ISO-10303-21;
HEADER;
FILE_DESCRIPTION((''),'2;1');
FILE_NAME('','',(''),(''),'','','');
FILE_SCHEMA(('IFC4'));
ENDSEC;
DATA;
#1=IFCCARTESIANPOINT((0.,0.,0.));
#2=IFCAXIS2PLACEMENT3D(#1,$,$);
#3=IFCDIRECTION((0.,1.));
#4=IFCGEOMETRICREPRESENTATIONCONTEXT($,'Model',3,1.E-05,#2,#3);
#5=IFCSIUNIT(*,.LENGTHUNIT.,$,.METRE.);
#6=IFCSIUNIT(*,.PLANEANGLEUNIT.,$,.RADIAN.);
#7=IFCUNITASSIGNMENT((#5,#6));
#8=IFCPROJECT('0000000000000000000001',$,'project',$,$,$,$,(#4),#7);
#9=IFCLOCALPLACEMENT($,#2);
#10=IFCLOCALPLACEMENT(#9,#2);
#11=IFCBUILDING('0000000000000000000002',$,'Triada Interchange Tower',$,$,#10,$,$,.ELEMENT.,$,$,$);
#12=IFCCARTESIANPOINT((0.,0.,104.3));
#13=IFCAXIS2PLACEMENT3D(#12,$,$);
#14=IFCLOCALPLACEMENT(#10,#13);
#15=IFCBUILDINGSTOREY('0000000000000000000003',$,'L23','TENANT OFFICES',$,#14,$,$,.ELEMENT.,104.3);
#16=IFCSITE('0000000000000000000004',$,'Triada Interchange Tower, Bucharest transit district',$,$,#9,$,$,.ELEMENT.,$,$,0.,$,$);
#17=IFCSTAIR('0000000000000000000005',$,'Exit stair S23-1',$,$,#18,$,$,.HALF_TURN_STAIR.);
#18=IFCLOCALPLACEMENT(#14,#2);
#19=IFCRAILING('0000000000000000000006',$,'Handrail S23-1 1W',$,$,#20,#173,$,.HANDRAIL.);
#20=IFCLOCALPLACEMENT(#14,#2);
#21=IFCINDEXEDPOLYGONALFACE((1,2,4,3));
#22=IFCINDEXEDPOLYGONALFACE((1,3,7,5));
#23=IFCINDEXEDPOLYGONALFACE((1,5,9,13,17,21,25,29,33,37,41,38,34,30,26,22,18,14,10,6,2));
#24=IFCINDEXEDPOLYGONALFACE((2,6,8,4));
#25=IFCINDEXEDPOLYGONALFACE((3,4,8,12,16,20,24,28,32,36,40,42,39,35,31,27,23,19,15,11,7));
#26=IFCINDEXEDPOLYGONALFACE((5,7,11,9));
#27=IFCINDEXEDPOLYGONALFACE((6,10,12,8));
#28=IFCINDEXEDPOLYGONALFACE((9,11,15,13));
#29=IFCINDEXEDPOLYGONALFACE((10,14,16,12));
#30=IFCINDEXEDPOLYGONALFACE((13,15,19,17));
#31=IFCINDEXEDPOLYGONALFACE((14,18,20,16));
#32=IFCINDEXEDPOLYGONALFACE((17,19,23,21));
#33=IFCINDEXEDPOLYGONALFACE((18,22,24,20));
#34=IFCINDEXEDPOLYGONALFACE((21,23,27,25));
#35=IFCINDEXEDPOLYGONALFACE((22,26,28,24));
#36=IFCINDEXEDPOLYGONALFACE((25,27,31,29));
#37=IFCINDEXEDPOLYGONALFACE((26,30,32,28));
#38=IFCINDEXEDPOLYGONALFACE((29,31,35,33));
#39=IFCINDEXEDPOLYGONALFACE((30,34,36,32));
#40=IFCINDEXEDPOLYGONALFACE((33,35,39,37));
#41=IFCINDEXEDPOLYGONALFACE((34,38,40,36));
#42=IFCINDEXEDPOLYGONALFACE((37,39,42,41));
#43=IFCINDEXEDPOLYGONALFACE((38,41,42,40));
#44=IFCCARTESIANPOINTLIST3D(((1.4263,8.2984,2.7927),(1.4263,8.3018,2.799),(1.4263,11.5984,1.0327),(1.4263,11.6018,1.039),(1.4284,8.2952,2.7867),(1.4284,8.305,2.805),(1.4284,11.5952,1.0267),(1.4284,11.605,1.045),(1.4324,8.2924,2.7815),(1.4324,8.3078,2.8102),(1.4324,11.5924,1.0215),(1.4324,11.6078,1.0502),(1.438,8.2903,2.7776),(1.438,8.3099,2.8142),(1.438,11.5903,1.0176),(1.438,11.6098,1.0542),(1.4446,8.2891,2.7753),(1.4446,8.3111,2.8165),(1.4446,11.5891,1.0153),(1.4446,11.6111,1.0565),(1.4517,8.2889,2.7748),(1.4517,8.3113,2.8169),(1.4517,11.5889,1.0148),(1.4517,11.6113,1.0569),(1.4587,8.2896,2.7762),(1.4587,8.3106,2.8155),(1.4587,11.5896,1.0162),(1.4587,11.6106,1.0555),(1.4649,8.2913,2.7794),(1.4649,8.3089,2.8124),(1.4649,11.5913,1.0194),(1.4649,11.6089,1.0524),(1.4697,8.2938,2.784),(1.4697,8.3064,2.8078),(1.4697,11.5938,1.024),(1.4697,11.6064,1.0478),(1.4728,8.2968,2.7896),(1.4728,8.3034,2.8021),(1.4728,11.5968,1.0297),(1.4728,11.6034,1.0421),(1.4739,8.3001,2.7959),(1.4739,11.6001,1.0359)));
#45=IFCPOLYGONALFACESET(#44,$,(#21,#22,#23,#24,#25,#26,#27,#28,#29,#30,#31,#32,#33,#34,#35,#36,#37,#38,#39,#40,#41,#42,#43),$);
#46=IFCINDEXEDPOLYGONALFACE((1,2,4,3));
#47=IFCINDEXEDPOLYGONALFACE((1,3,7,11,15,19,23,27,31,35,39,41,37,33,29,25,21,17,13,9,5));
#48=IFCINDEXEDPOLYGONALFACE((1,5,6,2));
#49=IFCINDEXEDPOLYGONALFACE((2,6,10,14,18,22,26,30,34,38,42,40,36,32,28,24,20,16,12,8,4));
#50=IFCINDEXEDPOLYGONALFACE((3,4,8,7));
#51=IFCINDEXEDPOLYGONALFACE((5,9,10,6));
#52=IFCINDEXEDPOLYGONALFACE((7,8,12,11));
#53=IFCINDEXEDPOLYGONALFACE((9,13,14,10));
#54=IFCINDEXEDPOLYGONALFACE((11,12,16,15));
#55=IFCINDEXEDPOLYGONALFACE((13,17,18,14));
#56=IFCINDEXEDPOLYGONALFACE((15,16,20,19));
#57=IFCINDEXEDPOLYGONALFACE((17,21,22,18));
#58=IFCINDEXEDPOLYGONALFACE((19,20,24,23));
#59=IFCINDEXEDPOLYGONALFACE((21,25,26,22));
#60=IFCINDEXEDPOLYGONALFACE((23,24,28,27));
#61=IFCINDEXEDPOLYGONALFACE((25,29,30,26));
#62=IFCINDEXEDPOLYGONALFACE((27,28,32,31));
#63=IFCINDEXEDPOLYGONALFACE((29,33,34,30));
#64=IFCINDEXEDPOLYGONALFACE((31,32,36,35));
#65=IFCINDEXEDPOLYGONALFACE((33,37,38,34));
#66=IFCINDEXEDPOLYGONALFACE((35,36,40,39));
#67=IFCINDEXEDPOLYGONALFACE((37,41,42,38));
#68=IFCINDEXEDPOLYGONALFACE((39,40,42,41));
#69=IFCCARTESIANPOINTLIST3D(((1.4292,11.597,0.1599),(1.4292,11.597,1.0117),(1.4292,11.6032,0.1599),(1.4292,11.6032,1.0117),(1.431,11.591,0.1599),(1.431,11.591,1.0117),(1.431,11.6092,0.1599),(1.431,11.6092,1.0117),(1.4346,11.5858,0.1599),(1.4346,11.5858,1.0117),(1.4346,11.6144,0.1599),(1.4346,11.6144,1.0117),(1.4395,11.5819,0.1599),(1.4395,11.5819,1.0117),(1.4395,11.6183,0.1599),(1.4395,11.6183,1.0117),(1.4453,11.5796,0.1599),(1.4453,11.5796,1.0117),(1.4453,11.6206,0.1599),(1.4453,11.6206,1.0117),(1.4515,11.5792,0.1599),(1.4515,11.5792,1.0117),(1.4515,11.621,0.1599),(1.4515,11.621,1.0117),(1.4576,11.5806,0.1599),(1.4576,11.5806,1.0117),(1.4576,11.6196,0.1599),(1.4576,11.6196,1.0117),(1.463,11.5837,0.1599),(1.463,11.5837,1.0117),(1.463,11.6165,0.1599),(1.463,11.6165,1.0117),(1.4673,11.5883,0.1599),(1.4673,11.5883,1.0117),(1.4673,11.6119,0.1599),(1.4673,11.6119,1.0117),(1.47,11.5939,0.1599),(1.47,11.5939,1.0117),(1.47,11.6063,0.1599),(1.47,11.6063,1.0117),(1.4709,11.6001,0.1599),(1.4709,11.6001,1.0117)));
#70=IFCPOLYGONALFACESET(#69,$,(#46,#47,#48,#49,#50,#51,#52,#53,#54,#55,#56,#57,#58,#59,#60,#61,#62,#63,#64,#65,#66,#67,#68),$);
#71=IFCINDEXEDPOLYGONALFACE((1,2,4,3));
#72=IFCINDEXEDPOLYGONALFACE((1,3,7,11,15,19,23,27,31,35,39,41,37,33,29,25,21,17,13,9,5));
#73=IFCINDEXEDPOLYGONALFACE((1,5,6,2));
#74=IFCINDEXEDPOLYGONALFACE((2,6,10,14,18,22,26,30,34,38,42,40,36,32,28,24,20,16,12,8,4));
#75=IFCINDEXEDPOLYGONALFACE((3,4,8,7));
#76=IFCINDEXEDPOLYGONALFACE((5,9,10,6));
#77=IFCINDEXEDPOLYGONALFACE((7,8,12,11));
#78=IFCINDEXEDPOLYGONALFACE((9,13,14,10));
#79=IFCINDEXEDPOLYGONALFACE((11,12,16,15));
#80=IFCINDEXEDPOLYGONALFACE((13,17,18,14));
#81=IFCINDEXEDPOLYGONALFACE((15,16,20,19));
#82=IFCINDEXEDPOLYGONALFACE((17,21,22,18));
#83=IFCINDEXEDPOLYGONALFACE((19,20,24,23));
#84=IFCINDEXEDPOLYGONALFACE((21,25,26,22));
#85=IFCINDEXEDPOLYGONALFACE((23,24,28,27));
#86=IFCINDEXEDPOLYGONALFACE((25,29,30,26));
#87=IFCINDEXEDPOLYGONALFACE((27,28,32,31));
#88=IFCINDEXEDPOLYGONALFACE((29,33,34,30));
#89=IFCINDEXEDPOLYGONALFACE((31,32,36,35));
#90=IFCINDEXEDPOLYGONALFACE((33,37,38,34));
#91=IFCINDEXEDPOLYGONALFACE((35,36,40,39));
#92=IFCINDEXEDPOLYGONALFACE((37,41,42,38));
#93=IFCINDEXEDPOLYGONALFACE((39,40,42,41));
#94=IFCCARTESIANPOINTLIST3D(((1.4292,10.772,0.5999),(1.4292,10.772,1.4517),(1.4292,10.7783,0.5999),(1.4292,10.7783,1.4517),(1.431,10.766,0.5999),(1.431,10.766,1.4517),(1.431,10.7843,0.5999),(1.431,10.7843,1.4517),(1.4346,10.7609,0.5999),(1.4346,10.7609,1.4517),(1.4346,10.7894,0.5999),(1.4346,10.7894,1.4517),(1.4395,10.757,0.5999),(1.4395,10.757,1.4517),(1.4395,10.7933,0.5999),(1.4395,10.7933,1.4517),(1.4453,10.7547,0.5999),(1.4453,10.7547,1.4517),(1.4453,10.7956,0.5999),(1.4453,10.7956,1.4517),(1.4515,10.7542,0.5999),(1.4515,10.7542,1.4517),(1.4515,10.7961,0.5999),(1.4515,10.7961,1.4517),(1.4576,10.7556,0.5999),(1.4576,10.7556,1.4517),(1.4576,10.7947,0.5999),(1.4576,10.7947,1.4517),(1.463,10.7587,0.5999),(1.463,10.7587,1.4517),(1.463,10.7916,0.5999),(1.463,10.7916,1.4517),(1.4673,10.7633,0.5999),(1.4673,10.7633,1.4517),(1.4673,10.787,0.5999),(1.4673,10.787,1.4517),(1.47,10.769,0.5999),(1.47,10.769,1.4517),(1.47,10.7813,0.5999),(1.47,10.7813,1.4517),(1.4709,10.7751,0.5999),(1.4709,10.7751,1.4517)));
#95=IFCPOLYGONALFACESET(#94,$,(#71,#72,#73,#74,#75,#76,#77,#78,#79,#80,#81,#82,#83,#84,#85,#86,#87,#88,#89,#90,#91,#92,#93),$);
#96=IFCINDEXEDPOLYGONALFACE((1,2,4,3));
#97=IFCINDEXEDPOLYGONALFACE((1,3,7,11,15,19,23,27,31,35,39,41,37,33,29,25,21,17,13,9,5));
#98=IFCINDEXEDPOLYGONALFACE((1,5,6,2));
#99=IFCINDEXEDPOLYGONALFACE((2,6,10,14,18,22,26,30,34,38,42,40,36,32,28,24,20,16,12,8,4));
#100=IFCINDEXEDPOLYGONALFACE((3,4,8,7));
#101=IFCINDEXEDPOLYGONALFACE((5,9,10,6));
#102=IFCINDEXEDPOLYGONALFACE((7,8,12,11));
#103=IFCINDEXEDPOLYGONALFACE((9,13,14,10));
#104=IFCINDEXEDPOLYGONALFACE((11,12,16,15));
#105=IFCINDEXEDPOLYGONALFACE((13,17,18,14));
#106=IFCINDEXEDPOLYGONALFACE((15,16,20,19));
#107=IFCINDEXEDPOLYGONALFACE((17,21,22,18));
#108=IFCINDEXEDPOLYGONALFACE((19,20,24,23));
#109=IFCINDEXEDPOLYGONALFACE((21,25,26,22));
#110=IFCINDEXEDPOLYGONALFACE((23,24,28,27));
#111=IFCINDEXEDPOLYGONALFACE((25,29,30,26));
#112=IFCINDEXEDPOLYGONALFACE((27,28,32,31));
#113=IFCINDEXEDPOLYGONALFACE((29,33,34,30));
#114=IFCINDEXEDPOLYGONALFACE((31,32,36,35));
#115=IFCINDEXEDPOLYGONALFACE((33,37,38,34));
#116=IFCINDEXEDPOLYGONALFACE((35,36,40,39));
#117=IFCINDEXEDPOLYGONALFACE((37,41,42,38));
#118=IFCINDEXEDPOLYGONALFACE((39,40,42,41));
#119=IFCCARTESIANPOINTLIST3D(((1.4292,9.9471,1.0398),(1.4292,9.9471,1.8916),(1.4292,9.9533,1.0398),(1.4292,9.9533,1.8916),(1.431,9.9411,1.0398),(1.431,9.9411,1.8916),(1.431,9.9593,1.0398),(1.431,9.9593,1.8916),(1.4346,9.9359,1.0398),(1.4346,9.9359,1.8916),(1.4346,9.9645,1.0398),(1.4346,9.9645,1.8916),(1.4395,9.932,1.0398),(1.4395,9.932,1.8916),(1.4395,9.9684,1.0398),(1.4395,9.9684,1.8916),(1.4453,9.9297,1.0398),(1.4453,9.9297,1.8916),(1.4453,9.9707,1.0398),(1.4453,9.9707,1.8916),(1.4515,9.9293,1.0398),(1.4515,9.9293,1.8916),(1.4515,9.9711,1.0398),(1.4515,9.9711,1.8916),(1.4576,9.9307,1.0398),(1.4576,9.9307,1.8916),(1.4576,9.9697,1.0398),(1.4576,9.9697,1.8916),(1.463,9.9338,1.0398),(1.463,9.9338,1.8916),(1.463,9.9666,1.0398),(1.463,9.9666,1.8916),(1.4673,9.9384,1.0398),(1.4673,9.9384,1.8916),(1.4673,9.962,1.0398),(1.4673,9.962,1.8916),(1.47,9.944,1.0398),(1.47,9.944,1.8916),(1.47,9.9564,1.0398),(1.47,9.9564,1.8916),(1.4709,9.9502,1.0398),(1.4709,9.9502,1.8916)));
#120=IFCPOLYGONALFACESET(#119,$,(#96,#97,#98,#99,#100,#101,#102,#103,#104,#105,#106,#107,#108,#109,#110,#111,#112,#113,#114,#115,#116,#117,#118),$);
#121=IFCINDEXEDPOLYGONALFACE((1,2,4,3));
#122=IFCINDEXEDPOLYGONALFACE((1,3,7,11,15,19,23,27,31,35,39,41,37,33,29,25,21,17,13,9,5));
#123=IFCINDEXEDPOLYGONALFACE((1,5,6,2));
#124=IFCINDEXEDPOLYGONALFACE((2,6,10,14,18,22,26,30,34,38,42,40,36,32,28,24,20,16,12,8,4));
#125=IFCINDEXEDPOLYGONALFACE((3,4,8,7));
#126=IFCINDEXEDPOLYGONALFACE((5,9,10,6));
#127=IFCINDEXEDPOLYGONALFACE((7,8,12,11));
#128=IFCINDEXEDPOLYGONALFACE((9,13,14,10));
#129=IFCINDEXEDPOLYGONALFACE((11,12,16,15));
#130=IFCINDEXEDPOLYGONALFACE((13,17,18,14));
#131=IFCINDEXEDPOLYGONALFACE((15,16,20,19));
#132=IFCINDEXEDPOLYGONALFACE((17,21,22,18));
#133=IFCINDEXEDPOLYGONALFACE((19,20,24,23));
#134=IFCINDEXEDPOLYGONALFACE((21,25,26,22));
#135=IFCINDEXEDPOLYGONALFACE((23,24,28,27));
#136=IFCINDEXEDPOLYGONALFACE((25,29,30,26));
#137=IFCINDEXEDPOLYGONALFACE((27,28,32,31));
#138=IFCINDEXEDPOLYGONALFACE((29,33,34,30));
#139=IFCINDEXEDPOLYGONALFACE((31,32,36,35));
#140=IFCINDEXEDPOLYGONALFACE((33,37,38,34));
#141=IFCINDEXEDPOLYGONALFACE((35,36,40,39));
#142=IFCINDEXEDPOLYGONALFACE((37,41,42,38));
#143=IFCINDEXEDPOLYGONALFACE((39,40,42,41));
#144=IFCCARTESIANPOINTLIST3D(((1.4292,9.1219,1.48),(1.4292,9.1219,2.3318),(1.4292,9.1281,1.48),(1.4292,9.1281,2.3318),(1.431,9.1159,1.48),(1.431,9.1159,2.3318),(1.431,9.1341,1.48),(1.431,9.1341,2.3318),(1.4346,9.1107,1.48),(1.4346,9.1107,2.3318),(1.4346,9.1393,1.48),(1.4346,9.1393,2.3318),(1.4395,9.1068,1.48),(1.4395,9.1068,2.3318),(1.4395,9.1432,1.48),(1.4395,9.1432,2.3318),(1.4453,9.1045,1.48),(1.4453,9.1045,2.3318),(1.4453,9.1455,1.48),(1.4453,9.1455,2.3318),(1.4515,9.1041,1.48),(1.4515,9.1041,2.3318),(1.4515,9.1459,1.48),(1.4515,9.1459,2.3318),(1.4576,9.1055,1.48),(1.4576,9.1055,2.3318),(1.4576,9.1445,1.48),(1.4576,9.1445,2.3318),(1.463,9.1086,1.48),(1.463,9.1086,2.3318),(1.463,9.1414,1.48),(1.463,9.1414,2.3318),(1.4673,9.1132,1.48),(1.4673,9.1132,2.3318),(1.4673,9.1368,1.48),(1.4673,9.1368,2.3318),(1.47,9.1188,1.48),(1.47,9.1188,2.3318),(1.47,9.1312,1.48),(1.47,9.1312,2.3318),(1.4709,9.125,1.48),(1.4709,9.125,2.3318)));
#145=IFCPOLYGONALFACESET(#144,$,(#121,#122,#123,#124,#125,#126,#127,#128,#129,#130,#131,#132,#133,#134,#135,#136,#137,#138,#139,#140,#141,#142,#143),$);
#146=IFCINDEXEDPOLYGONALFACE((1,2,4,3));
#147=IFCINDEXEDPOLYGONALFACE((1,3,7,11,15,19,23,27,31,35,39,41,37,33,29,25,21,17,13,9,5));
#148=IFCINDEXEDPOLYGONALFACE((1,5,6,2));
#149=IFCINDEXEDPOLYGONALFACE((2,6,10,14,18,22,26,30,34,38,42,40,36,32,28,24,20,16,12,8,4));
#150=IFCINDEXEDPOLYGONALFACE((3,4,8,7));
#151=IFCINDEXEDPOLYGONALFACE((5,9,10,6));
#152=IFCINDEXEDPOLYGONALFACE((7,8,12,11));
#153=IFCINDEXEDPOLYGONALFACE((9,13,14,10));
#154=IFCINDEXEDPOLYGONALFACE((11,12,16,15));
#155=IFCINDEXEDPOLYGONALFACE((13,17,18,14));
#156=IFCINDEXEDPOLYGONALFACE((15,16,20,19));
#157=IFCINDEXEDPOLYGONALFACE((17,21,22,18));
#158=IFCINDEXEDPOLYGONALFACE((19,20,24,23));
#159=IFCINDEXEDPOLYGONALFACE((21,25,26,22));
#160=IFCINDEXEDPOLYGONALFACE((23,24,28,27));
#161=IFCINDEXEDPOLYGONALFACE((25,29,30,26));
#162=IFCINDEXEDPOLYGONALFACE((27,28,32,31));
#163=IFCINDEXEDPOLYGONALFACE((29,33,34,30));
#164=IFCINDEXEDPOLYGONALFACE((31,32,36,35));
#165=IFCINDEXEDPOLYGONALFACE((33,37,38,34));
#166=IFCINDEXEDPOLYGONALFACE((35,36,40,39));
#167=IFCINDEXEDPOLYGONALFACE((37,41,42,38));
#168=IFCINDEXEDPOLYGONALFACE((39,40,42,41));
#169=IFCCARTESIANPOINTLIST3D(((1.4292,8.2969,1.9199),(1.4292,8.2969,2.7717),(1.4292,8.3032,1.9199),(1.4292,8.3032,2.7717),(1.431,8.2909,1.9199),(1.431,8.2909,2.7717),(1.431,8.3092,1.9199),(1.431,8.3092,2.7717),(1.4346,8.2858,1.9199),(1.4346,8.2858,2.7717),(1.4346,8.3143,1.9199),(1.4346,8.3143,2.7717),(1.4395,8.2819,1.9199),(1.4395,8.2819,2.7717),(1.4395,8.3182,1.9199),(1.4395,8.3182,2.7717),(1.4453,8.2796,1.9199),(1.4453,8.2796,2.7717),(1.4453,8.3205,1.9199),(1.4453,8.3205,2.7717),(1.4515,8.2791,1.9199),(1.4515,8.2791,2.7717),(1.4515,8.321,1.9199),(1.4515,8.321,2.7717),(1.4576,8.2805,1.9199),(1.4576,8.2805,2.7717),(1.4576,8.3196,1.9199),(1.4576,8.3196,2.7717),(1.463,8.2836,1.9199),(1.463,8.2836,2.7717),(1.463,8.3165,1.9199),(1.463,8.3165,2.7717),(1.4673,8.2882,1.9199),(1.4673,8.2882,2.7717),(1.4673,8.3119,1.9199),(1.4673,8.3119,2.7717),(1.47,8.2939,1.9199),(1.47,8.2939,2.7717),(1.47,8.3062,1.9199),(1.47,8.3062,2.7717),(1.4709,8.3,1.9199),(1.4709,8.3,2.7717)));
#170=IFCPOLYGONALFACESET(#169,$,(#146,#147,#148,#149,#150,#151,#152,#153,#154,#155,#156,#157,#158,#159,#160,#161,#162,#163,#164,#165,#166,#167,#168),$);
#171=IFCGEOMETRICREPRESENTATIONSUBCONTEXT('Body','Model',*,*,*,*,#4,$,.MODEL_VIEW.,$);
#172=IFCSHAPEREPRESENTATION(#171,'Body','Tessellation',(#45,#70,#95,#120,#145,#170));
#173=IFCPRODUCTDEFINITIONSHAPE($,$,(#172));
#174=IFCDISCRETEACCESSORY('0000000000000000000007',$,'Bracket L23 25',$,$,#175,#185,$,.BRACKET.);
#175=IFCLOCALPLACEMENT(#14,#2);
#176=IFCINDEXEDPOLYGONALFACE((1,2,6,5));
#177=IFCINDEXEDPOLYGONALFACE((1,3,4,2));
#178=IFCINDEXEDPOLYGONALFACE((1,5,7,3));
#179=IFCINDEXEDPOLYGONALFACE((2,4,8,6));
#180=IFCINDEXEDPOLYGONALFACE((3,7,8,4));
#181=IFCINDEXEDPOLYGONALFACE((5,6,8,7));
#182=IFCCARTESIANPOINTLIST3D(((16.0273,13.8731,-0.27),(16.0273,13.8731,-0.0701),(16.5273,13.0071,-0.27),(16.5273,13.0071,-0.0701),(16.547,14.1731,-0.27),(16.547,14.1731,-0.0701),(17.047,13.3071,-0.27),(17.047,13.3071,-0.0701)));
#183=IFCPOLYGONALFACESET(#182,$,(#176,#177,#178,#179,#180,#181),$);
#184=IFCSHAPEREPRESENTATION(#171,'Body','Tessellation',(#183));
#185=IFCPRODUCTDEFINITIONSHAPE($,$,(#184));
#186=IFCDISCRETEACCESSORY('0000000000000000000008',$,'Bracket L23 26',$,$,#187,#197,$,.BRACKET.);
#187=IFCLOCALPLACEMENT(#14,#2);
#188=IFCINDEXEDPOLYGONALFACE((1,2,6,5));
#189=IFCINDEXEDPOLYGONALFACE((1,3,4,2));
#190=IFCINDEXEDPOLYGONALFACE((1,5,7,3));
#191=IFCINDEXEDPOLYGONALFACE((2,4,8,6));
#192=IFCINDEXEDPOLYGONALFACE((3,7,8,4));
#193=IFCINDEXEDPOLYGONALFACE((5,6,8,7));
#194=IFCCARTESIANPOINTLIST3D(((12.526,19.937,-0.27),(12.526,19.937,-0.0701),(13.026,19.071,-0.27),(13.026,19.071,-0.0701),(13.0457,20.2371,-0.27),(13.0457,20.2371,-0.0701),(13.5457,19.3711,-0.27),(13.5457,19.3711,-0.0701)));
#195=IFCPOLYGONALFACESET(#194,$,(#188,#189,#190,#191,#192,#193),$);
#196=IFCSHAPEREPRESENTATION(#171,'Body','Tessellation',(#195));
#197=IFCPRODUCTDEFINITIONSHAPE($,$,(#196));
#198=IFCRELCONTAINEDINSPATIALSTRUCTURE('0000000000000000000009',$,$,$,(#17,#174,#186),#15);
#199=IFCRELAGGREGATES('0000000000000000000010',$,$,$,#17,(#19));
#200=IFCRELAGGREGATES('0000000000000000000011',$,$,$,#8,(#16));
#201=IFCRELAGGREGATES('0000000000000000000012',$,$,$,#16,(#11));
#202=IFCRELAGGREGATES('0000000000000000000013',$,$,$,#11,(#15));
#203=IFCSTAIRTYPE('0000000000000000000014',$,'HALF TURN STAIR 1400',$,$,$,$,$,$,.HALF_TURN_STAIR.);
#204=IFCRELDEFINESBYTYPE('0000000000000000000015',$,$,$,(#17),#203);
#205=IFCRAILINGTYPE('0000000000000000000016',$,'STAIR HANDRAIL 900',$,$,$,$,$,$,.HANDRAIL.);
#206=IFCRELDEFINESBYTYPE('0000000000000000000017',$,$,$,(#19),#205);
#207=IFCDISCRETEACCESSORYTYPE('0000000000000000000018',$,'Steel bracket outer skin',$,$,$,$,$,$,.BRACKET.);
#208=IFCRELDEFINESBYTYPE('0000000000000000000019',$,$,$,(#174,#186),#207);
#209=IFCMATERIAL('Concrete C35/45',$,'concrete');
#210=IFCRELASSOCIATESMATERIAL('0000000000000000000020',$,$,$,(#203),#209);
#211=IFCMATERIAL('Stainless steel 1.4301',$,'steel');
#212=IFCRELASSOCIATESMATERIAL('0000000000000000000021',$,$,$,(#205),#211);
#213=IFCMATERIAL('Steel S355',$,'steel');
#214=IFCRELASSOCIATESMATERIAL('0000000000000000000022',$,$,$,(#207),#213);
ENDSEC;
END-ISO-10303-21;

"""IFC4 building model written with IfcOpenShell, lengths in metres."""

from ifc_helpers import new_model, si_unit, direction, frame, origin, origin_2d, place, context, subcontext, project, spatial, rectangle, circle, extrude, material, type_object, element, aggregate, save


model = new_model("IFC4")

# Units and contexts
model_context = context("Model", 3, precision=1e-05, world=origin(), true_north=direction((0.0, 1.0)))
body_context = subcontext(model_context, "Body", "Model", "MODEL_VIEW")
ifc_project = project(units=[si_unit("LENGTHUNIT", "METRE"), si_unit("PLANEANGLEUNIT", "RADIAN")], contexts=[model_context])

# Site, building, storey
site_placement = place(None, origin())
site = spatial("IfcSite", under=ifc_project, at=site_placement, Name="Triada Interchange Tower, Bucharest transit district", CompositionType="ELEMENT", RefElevation=0.0)
building_placement = place(site_placement, origin())
building = spatial("IfcBuilding", under=site, at=building_placement, Name="Triada Interchange Tower", CompositionType="ELEMENT")
storey_placement = place(building_placement, frame((0.0, 0.0, 104.3)))
storey = spatial("IfcBuildingStorey", under=building, at=storey_placement, Name="L23", Description="TENANT OFFICES", CompositionType="ELEMENT", Elevation=104.3)

# Stair
ifc_material_1 = material(Name="Concrete C35/45", Category="concrete")
stair_type = type_object("IfcStairType", Name="HALF TURN STAIR 1400", PredefinedType="HALF_TURN_STAIR", material=ifc_material_1)
stair_placement = place(storey_placement, origin())
stair = element("IfcStair", 1, at=stair_placement, inside=storey, type_object=stair_type, Name="Exit stair S23-1", PredefinedType="HALF_TURN_STAIR")

# Railing
ifc_material_2 = material(Name="Stainless steel 1.4301", Category="steel")
railing_type = type_object("IfcRailingType", Name="STAIR HANDRAIL 900", PredefinedType="HANDRAIL", material=ifc_material_2)
railing_placement = place(storey_placement, frame((1.45, 11.6001, 0.1599)))
railing = element("IfcRailing", 2, at=railing_placement, type_object=railing_type, Name="Handrail S23-1 1W", PredefinedType="HANDRAIL", context=body_context, shape_type="SweptSolid", body=[
    extrude(circle(Radius=0.0239, at=origin_2d()), frame((0.0, 0.0, 0.876), z_axis=(0.0, -0.882355, 0.470585), x_axis=(1.0, 0.0, 0.0)), (0.0, 0.0, 1.0), 3.74),
    extrude(circle(Radius=0.021, at=origin_2d()), origin(), (0.0, 0.0, 1.0), 0.8518),
    extrude(circle(Radius=0.021, at=origin_2d()), frame((0.0, -0.825, 0.4399)), (0.0, 0.0, 1.0), 0.8518),
    extrude(circle(Radius=0.021, at=origin_2d()), frame((0.0, -1.6499, 0.8799)), (0.0, 0.0, 1.0), 0.8518),
    extrude(circle(Radius=0.021, at=origin_2d()), frame((0.0, -2.4751, 1.3201)), (0.0, 0.0, 1.0), 0.8518),
    extrude(circle(Radius=0.021, at=origin_2d()), frame((0.0, -3.3, 1.76)), (0.0, 0.0, 1.0), 0.8518),
])
aggregate(stair, [railing])

# Discrete accessories
ifc_material_3 = material(Name="Steel S355", Category="steel")
discrete_accessory_type = type_object("IfcDiscreteAccessoryType", Name="Steel bracket outer skin", PredefinedType="BRACKET", material=ifc_material_3)
for number, where, z_axis, x_axis, name in (
    (3, (16.5371, 13.5901, -0.27), (0.0, 0.0, 1.0), (0.866022, 0.500006, 0.0), "Bracket L23 25"),
    (4, (13.0359, 19.6541, -0.27), (0.0, 0.0, 1.0), (0.866022, 0.500006, 0.0), "Bracket L23 26"),
):
    element("IfcDiscreteAccessory", number, at=place(storey_placement, frame(where, z_axis=z_axis, x_axis=x_axis)), inside=storey, type_object=discrete_accessory_type, Name=name, PredefinedType="BRACKET", context=body_context, shape_type="SweptSolid", body=[
        extrude(rectangle(XDim=0.6001, YDim=1.0, at=origin_2d()), origin(), (0.0, 0.0, 1.0), 0.2),
    ])

save(model, "model.ifc")
